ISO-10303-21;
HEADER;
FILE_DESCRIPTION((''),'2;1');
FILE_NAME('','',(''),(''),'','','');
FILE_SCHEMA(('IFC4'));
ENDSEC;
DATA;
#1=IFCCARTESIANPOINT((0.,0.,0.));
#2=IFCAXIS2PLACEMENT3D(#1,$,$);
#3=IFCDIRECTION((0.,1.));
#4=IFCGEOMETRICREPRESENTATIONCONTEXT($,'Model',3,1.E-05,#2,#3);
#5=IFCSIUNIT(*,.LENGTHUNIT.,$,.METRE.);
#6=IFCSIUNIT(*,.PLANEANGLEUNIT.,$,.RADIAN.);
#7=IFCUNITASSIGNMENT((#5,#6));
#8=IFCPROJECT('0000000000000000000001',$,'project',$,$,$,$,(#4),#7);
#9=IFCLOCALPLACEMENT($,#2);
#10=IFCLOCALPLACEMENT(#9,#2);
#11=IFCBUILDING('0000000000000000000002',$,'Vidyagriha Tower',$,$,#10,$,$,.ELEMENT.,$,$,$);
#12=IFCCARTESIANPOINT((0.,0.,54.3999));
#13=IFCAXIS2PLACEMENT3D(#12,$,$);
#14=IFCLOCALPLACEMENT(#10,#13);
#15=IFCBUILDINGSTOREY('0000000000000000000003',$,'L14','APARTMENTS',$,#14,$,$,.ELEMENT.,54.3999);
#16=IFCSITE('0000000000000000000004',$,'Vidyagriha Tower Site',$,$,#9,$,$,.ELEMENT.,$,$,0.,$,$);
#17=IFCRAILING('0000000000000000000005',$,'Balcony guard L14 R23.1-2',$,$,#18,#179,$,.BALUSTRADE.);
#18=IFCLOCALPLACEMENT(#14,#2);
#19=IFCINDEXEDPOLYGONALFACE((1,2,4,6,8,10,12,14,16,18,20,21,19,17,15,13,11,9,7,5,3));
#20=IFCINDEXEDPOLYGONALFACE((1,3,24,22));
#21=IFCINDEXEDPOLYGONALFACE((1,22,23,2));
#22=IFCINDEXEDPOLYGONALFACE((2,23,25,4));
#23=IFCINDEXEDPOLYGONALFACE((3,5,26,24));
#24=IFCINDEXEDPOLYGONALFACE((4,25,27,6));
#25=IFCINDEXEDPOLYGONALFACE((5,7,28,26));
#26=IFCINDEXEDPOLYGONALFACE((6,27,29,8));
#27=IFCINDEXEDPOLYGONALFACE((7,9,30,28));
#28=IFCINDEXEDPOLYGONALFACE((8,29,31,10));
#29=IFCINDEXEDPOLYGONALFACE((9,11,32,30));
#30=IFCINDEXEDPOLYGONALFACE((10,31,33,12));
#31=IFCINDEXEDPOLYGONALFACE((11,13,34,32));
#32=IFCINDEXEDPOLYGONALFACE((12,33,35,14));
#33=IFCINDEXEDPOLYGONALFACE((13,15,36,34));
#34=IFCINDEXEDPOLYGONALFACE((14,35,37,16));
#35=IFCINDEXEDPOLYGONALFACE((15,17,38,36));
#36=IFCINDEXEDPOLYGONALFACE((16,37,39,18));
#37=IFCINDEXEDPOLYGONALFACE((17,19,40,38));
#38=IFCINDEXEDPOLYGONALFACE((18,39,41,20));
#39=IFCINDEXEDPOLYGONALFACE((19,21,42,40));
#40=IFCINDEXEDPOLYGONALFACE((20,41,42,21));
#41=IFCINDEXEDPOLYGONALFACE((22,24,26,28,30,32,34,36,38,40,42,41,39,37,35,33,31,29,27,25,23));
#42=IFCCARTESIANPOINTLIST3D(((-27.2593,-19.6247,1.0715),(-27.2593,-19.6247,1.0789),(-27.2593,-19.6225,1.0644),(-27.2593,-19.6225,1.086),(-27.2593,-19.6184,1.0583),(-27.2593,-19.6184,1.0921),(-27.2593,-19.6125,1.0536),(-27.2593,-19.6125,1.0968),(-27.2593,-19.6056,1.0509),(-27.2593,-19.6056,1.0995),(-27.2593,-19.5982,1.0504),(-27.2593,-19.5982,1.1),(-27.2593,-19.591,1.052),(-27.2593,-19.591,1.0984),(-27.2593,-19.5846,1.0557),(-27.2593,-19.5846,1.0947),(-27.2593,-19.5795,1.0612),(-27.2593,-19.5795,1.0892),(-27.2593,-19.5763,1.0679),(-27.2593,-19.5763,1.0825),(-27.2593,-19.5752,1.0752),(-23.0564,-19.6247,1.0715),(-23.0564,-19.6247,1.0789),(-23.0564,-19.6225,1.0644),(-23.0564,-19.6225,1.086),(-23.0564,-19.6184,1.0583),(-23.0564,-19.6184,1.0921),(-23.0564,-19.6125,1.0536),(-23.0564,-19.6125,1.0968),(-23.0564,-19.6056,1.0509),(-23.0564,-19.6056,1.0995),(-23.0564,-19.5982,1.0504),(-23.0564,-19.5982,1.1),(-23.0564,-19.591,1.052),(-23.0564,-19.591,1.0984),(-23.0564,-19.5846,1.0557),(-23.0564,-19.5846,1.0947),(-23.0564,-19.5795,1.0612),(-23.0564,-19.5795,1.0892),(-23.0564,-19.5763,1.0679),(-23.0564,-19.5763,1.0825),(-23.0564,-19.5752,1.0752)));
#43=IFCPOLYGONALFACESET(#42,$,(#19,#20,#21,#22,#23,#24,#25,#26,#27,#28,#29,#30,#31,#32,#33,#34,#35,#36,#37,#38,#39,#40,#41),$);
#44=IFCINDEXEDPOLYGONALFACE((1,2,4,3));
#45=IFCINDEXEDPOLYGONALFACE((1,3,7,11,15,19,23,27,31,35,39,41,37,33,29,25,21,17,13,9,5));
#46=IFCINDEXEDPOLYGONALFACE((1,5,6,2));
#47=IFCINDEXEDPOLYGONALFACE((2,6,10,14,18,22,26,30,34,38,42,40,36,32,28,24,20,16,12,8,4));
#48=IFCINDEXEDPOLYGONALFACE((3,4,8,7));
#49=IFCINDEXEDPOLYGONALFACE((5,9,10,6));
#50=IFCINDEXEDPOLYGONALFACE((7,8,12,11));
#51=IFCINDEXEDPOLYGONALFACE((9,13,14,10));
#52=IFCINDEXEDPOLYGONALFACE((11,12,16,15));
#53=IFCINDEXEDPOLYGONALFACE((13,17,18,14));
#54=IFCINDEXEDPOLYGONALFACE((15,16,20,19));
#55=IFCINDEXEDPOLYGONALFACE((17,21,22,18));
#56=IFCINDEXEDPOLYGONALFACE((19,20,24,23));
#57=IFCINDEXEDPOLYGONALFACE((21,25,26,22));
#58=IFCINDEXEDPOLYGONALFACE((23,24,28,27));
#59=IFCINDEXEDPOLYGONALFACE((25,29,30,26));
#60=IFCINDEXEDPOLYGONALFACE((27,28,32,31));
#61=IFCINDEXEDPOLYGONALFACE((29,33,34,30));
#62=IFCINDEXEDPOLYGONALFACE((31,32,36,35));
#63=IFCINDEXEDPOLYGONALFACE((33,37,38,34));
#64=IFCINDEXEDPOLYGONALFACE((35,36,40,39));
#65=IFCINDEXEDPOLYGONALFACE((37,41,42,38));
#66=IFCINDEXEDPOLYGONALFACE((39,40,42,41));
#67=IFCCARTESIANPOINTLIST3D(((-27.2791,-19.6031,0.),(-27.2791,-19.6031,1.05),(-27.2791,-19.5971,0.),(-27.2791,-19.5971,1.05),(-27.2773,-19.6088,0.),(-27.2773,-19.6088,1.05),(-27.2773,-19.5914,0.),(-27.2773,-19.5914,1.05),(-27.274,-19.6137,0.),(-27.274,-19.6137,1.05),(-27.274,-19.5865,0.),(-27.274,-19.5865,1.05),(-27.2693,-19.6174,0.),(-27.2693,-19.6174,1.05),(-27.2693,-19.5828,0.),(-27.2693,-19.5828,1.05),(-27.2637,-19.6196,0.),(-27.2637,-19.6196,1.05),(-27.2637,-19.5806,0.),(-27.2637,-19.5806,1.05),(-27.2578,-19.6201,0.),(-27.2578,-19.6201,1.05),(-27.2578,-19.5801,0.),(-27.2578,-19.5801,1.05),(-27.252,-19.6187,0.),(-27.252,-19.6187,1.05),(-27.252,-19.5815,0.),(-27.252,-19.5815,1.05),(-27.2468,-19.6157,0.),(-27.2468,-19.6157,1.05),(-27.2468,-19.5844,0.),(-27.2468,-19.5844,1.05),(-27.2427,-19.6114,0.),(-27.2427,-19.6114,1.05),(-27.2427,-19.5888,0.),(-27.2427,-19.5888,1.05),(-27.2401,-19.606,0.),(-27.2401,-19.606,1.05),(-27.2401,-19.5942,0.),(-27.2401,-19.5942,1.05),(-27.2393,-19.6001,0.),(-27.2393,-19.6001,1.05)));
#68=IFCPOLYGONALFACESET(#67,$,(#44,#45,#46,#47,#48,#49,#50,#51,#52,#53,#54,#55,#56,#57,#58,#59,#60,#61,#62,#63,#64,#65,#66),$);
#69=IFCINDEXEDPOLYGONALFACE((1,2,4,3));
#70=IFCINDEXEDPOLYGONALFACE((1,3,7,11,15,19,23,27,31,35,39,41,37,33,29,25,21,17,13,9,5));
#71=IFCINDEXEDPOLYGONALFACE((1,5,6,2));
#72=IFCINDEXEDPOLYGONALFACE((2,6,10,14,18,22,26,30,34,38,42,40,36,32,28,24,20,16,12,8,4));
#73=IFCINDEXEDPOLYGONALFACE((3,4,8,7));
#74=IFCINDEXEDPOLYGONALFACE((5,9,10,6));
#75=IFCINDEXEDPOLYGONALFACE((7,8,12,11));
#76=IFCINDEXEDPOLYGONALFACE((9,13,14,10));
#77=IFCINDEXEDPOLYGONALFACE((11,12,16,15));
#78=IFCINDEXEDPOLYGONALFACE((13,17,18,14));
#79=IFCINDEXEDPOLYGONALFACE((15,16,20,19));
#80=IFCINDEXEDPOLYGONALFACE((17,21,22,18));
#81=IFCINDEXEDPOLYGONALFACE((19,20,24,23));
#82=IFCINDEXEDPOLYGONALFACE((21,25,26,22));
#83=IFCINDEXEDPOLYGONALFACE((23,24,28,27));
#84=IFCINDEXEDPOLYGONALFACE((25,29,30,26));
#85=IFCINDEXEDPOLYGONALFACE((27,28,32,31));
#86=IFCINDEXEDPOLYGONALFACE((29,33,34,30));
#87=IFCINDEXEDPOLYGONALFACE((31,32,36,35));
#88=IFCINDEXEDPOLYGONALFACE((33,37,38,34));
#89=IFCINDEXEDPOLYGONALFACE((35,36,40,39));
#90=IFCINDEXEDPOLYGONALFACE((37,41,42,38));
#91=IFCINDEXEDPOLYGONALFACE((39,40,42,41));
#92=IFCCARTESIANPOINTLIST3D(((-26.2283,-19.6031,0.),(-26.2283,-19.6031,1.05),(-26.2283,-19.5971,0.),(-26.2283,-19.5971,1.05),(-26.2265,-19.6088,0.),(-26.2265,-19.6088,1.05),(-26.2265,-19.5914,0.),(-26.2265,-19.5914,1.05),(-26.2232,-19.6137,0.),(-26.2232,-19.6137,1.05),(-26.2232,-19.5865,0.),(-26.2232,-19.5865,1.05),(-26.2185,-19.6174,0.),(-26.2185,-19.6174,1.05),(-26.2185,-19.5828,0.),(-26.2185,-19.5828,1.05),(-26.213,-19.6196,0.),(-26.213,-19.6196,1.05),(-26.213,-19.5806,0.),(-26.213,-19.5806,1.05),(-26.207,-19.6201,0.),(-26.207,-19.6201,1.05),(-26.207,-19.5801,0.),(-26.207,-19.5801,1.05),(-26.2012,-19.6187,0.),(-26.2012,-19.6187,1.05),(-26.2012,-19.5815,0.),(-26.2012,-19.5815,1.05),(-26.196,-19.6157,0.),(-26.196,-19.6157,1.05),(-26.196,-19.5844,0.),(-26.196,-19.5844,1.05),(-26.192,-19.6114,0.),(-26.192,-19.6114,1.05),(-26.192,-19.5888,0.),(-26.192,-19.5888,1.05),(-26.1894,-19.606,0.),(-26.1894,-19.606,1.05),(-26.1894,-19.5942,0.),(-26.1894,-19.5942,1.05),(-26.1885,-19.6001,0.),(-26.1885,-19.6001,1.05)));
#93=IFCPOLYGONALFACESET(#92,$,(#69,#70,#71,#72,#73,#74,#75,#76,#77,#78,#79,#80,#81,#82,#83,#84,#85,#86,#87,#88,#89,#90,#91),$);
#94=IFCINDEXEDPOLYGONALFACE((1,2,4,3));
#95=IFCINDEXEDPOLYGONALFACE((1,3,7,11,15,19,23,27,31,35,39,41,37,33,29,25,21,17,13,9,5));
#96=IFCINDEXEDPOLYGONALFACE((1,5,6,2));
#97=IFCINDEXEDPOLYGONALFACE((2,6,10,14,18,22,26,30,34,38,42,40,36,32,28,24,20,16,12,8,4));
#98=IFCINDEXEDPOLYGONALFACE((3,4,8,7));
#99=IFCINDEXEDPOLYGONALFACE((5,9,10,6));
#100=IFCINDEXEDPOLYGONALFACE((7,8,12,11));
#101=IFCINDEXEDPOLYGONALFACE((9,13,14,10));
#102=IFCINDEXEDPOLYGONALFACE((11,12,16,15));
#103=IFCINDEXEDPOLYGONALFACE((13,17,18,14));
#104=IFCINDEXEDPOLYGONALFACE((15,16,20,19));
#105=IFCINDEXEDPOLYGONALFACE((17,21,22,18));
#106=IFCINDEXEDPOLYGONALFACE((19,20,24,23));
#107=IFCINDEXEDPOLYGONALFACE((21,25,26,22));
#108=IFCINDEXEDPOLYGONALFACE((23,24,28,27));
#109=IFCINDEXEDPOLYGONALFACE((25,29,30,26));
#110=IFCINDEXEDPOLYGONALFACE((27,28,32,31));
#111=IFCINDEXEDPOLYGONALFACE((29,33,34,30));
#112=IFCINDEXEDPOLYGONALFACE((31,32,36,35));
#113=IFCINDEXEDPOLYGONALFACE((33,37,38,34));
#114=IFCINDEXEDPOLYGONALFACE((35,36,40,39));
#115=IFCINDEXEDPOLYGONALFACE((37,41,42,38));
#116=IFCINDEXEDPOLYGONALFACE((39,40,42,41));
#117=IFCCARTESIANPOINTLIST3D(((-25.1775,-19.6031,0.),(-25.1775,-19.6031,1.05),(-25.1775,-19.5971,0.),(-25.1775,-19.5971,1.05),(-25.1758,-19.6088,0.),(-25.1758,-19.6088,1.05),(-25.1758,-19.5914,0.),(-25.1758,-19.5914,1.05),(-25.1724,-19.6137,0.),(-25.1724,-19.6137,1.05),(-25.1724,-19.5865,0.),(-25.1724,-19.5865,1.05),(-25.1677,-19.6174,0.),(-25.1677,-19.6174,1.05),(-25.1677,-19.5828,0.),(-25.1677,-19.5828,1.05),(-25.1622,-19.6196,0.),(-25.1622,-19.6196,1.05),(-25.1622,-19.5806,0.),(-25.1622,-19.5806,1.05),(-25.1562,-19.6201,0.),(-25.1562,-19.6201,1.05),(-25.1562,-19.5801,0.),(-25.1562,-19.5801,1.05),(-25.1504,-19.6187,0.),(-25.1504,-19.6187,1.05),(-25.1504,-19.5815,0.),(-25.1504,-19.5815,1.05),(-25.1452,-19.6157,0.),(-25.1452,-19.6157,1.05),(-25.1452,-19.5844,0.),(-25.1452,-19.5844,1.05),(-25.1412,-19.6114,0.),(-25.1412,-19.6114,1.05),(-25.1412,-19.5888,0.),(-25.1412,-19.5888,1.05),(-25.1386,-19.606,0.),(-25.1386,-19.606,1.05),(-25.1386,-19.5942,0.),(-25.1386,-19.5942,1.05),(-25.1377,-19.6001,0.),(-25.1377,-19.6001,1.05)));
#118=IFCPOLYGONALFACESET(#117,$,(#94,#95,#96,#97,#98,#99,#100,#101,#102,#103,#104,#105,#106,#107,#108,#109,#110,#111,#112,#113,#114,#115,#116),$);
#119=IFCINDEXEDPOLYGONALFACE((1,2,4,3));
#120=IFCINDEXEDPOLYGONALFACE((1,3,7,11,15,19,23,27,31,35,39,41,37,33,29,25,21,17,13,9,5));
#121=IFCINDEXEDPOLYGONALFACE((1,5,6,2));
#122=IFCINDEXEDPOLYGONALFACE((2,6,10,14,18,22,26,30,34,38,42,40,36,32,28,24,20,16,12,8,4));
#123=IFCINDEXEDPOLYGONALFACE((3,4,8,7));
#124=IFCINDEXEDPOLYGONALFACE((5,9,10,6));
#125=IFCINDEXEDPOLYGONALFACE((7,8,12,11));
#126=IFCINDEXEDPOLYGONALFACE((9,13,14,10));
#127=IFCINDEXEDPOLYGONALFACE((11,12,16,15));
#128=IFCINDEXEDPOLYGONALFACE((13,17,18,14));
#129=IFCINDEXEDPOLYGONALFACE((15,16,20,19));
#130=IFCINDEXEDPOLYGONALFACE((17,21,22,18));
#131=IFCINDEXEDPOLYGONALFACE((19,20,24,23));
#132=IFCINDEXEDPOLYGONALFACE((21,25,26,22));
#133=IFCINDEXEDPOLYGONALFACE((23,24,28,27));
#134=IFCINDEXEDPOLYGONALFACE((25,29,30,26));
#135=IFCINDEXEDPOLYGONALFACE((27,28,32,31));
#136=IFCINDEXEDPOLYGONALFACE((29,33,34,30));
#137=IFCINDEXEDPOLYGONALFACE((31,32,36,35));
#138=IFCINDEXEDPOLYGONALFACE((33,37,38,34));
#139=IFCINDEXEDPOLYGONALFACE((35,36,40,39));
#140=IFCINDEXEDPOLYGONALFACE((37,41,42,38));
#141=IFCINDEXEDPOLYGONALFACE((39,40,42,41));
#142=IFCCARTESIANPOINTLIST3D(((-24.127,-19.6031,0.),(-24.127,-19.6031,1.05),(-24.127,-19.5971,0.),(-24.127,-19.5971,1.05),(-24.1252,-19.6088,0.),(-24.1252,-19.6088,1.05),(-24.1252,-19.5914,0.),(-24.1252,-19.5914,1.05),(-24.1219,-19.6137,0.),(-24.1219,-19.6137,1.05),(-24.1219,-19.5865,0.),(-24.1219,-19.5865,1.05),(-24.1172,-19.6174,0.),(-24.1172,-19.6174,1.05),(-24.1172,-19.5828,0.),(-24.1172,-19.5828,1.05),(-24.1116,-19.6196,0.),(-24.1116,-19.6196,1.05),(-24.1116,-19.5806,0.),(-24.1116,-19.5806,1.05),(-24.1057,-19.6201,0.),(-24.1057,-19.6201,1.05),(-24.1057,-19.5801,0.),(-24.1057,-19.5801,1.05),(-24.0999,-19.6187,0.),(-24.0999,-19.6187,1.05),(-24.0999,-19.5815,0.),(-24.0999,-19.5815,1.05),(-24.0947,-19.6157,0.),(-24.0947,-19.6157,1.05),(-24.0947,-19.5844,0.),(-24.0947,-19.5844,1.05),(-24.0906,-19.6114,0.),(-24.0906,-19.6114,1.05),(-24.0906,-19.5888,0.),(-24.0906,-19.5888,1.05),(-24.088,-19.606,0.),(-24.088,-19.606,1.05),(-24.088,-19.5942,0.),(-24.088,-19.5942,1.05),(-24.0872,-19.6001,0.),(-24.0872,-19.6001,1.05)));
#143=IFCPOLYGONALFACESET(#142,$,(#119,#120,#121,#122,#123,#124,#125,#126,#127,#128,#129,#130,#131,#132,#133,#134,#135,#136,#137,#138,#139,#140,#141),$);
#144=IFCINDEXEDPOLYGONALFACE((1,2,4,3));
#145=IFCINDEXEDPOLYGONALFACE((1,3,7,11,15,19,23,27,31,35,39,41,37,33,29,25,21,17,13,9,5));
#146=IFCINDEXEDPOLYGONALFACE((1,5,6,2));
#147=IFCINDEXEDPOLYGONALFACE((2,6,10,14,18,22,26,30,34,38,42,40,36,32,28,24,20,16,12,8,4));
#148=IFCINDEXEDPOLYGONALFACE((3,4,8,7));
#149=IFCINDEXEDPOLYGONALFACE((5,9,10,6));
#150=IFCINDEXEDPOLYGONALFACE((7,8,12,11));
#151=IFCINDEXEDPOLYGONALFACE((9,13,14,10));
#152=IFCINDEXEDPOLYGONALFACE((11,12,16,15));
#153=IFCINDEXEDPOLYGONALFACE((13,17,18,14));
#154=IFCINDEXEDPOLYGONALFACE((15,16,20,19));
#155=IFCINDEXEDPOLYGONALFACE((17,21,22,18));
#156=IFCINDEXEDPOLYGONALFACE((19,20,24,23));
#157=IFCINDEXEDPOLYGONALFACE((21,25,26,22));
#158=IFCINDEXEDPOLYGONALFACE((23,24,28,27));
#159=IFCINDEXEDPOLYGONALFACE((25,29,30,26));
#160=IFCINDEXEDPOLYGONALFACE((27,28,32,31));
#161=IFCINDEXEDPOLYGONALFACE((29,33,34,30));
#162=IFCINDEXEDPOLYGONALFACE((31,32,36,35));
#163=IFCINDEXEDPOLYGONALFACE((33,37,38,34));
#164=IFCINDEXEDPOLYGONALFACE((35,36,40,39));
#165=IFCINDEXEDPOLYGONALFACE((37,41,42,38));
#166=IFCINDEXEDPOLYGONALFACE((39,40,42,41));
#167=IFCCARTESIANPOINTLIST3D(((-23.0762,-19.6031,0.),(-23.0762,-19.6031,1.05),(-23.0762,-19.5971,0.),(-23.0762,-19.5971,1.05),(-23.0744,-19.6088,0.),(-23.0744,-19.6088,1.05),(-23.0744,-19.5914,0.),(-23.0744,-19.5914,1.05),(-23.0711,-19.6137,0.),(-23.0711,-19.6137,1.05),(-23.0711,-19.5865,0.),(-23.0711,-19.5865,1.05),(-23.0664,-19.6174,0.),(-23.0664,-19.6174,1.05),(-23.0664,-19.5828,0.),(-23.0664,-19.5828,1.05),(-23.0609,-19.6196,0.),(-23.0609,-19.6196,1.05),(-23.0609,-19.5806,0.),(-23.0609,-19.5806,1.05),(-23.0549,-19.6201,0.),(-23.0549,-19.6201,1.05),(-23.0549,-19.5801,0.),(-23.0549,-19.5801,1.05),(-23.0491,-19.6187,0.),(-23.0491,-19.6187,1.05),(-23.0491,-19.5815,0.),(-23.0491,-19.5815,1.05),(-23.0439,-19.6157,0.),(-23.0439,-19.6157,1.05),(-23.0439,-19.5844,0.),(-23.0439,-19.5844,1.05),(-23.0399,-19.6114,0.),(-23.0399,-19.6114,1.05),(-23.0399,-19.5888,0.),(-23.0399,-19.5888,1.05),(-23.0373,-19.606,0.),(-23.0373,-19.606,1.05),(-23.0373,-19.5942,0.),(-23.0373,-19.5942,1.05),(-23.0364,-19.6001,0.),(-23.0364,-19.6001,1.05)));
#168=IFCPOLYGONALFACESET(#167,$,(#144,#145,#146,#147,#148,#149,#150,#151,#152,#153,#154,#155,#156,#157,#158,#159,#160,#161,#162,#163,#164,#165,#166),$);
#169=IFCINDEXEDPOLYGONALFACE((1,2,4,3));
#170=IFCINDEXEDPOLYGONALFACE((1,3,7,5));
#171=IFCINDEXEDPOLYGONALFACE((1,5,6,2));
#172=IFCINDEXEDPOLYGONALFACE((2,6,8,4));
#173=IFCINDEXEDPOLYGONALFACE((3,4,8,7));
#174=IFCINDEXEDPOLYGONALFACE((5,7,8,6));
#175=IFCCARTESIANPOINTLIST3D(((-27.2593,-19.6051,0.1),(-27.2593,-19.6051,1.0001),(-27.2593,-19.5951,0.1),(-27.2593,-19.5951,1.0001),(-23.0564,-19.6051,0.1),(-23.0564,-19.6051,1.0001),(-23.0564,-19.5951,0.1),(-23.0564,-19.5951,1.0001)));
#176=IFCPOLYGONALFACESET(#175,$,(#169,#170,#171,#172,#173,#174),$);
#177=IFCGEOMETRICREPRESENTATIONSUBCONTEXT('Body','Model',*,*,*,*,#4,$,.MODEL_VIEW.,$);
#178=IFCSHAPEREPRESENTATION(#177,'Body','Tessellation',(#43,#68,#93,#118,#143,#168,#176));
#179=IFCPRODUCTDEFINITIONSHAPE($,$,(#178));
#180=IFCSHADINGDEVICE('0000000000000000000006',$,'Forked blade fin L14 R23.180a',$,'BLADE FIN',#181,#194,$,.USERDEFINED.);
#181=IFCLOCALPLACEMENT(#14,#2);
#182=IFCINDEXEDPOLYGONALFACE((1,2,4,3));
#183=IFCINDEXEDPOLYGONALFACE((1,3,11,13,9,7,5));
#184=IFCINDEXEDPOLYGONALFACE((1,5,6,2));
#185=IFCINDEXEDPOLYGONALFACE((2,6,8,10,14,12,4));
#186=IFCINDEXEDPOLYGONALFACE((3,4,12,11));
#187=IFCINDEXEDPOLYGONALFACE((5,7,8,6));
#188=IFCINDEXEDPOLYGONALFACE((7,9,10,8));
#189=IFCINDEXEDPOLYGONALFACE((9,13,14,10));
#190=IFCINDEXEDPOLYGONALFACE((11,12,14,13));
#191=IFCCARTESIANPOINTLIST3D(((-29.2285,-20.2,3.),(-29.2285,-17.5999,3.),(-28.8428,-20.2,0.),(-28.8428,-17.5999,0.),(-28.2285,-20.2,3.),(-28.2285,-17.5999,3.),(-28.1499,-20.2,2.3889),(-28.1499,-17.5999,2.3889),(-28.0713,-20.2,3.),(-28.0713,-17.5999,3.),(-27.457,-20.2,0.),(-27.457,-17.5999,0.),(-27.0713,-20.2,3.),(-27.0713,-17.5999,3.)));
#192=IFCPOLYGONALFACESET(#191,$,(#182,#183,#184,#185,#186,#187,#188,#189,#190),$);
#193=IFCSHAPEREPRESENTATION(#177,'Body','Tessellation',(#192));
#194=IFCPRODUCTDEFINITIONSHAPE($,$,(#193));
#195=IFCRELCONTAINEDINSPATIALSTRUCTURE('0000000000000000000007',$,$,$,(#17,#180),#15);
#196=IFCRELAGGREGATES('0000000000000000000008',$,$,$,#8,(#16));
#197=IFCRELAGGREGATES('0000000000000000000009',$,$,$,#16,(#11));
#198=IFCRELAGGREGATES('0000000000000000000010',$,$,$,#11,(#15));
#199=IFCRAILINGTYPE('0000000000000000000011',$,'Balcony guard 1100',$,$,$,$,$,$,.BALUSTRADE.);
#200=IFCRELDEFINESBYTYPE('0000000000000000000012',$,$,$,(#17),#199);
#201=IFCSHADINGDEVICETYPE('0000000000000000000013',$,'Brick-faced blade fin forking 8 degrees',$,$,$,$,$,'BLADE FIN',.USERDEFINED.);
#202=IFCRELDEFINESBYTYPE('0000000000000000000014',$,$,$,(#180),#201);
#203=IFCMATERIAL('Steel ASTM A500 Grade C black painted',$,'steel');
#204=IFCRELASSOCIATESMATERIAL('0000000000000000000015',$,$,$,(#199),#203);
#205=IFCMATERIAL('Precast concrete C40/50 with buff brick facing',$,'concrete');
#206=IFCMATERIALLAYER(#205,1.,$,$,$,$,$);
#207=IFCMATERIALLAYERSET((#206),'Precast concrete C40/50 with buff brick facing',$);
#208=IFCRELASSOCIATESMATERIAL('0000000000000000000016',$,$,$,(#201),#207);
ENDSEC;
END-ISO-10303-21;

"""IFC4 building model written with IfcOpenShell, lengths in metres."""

from ifc_helpers import new_model, si_unit, direction, frame, origin, origin_2d, place, context, subcontext, project, spatial, polyline, rectangle, circle, outline, extrude, material, layer, layer_set, type_object, element, save


model = new_model("IFC4")

# Units and contexts
model_context = context("Model", 3, precision=1e-05, world=origin(), true_north=direction((0.0, 1.0)))
body_context = subcontext(model_context, "Body", "Model", "MODEL_VIEW")
ifc_project = project(units=[si_unit("LENGTHUNIT", "METRE"), si_unit("PLANEANGLEUNIT", "RADIAN")], contexts=[model_context])

# Site, building, storey
site_placement = place(None, origin())
site = spatial("IfcSite", under=ifc_project, at=site_placement, Name="Vidyagriha Tower Site", CompositionType="ELEMENT", RefElevation=0.0)
building_placement = place(site_placement, origin())
building = spatial("IfcBuilding", under=site, at=building_placement, Name="Vidyagriha Tower", CompositionType="ELEMENT")
storey_placement = place(building_placement, frame((0.0, 0.0, 54.3999)))
storey = spatial("IfcBuildingStorey", under=building, at=storey_placement, Name="L14", Description="APARTMENTS", CompositionType="ELEMENT", Elevation=54.3999)

# Railing
ifc_material_1 = material(Name="Steel ASTM A500 Grade C black painted", Category="steel")
railing_type_1 = type_object("IfcRailingType", Name="Balcony guard 1100", PredefinedType="BALUSTRADE", material=ifc_material_1)
railing_1_placement = place(storey_placement, frame((-27.2593, -19.6001, 0.0)))
element("IfcRailing", 1, at=railing_1_placement, inside=storey, type_object=railing_type_1, Name="Balcony guard L14 R23.1-2", PredefinedType="BALUSTRADE", context=body_context, shape_type="SweptSolid", body=[
    extrude(circle(Radius=0.0249, at=origin_2d()), frame((0.0, 0.0, 1.0752), z_axis=(1.0, 0.0, 0.0), x_axis=(0.0, 1.0, 0.0)), (0.0, 0.0, 1.0), 4.2029),
    extrude(circle(Radius=0.02, at=origin_2d()), origin(), (0.0, 0.0, 1.0), 1.05),
    extrude(circle(Radius=0.02, at=origin_2d()), frame((1.0508, 0.0, 0.0)), (0.0, 0.0, 1.0), 1.05),
    extrude(circle(Radius=0.02, at=origin_2d()), frame((2.1016, 0.0, 0.0)), (0.0, 0.0, 1.0), 1.05),
    extrude(circle(Radius=0.02, at=origin_2d()), frame((3.1521, 0.0, 0.0)), (0.0, 0.0, 1.0), 1.05),
    extrude(circle(Radius=0.02, at=origin_2d()), frame((4.2029, 0.0, 0.0)), (0.0, 0.0, 1.0), 1.05),
    extrude(rectangle(XDim=0.01, YDim=0.9001, at=origin_2d()), frame((0.0, 0.0, 0.55), z_axis=(1.0, 0.0, 0.0), x_axis=(0.0, 1.0, 0.0)), (0.0, 0.0, 1.0), 4.2029),
])

# Shading device
ifc_material_2 = material(Name="Precast concrete C40/50 with buff brick facing", Category="concrete")
ifc_layer_1 = layer(ifc_material_2, 1.0)
ifc_layer_set_1 = layer_set([ifc_layer_1], Name="Precast concrete C40/50 with buff brick facing")
shading_device_type = type_object("IfcShadingDeviceType", Name="Brick-faced blade fin forking 8 degrees", ElementType="BLADE FIN", PredefinedType="USERDEFINED", material=ifc_layer_set_1)
shading_device_placement = place(storey_placement, frame((-29.2285, -18.8999, 0.0)))
element("IfcShadingDevice", 2, at=shading_device_placement, inside=storey, type_object=shading_device_type, Name="Forked blade fin L14 R23.180a", ObjectType="BLADE FIN", PredefinedType="USERDEFINED", context=body_context, shape_type="SweptSolid", body=[
    extrude(outline(polyline([(0.3857, 0.0), (1.7715, 0.0), (2.1572, 3.0), (1.1572, 3.0), (1.0786, 2.3889), (1.0, 3.0), (0.0, 3.0), (0.3857, 0.0)])), frame((0.0, 1.3, 0.0), z_axis=(0.0, -1.0, 0.0), x_axis=(1.0, 0.0, 0.0)), (0.0, 0.0, 1.0), 2.6001),
])

save(model, "model.ifc")
